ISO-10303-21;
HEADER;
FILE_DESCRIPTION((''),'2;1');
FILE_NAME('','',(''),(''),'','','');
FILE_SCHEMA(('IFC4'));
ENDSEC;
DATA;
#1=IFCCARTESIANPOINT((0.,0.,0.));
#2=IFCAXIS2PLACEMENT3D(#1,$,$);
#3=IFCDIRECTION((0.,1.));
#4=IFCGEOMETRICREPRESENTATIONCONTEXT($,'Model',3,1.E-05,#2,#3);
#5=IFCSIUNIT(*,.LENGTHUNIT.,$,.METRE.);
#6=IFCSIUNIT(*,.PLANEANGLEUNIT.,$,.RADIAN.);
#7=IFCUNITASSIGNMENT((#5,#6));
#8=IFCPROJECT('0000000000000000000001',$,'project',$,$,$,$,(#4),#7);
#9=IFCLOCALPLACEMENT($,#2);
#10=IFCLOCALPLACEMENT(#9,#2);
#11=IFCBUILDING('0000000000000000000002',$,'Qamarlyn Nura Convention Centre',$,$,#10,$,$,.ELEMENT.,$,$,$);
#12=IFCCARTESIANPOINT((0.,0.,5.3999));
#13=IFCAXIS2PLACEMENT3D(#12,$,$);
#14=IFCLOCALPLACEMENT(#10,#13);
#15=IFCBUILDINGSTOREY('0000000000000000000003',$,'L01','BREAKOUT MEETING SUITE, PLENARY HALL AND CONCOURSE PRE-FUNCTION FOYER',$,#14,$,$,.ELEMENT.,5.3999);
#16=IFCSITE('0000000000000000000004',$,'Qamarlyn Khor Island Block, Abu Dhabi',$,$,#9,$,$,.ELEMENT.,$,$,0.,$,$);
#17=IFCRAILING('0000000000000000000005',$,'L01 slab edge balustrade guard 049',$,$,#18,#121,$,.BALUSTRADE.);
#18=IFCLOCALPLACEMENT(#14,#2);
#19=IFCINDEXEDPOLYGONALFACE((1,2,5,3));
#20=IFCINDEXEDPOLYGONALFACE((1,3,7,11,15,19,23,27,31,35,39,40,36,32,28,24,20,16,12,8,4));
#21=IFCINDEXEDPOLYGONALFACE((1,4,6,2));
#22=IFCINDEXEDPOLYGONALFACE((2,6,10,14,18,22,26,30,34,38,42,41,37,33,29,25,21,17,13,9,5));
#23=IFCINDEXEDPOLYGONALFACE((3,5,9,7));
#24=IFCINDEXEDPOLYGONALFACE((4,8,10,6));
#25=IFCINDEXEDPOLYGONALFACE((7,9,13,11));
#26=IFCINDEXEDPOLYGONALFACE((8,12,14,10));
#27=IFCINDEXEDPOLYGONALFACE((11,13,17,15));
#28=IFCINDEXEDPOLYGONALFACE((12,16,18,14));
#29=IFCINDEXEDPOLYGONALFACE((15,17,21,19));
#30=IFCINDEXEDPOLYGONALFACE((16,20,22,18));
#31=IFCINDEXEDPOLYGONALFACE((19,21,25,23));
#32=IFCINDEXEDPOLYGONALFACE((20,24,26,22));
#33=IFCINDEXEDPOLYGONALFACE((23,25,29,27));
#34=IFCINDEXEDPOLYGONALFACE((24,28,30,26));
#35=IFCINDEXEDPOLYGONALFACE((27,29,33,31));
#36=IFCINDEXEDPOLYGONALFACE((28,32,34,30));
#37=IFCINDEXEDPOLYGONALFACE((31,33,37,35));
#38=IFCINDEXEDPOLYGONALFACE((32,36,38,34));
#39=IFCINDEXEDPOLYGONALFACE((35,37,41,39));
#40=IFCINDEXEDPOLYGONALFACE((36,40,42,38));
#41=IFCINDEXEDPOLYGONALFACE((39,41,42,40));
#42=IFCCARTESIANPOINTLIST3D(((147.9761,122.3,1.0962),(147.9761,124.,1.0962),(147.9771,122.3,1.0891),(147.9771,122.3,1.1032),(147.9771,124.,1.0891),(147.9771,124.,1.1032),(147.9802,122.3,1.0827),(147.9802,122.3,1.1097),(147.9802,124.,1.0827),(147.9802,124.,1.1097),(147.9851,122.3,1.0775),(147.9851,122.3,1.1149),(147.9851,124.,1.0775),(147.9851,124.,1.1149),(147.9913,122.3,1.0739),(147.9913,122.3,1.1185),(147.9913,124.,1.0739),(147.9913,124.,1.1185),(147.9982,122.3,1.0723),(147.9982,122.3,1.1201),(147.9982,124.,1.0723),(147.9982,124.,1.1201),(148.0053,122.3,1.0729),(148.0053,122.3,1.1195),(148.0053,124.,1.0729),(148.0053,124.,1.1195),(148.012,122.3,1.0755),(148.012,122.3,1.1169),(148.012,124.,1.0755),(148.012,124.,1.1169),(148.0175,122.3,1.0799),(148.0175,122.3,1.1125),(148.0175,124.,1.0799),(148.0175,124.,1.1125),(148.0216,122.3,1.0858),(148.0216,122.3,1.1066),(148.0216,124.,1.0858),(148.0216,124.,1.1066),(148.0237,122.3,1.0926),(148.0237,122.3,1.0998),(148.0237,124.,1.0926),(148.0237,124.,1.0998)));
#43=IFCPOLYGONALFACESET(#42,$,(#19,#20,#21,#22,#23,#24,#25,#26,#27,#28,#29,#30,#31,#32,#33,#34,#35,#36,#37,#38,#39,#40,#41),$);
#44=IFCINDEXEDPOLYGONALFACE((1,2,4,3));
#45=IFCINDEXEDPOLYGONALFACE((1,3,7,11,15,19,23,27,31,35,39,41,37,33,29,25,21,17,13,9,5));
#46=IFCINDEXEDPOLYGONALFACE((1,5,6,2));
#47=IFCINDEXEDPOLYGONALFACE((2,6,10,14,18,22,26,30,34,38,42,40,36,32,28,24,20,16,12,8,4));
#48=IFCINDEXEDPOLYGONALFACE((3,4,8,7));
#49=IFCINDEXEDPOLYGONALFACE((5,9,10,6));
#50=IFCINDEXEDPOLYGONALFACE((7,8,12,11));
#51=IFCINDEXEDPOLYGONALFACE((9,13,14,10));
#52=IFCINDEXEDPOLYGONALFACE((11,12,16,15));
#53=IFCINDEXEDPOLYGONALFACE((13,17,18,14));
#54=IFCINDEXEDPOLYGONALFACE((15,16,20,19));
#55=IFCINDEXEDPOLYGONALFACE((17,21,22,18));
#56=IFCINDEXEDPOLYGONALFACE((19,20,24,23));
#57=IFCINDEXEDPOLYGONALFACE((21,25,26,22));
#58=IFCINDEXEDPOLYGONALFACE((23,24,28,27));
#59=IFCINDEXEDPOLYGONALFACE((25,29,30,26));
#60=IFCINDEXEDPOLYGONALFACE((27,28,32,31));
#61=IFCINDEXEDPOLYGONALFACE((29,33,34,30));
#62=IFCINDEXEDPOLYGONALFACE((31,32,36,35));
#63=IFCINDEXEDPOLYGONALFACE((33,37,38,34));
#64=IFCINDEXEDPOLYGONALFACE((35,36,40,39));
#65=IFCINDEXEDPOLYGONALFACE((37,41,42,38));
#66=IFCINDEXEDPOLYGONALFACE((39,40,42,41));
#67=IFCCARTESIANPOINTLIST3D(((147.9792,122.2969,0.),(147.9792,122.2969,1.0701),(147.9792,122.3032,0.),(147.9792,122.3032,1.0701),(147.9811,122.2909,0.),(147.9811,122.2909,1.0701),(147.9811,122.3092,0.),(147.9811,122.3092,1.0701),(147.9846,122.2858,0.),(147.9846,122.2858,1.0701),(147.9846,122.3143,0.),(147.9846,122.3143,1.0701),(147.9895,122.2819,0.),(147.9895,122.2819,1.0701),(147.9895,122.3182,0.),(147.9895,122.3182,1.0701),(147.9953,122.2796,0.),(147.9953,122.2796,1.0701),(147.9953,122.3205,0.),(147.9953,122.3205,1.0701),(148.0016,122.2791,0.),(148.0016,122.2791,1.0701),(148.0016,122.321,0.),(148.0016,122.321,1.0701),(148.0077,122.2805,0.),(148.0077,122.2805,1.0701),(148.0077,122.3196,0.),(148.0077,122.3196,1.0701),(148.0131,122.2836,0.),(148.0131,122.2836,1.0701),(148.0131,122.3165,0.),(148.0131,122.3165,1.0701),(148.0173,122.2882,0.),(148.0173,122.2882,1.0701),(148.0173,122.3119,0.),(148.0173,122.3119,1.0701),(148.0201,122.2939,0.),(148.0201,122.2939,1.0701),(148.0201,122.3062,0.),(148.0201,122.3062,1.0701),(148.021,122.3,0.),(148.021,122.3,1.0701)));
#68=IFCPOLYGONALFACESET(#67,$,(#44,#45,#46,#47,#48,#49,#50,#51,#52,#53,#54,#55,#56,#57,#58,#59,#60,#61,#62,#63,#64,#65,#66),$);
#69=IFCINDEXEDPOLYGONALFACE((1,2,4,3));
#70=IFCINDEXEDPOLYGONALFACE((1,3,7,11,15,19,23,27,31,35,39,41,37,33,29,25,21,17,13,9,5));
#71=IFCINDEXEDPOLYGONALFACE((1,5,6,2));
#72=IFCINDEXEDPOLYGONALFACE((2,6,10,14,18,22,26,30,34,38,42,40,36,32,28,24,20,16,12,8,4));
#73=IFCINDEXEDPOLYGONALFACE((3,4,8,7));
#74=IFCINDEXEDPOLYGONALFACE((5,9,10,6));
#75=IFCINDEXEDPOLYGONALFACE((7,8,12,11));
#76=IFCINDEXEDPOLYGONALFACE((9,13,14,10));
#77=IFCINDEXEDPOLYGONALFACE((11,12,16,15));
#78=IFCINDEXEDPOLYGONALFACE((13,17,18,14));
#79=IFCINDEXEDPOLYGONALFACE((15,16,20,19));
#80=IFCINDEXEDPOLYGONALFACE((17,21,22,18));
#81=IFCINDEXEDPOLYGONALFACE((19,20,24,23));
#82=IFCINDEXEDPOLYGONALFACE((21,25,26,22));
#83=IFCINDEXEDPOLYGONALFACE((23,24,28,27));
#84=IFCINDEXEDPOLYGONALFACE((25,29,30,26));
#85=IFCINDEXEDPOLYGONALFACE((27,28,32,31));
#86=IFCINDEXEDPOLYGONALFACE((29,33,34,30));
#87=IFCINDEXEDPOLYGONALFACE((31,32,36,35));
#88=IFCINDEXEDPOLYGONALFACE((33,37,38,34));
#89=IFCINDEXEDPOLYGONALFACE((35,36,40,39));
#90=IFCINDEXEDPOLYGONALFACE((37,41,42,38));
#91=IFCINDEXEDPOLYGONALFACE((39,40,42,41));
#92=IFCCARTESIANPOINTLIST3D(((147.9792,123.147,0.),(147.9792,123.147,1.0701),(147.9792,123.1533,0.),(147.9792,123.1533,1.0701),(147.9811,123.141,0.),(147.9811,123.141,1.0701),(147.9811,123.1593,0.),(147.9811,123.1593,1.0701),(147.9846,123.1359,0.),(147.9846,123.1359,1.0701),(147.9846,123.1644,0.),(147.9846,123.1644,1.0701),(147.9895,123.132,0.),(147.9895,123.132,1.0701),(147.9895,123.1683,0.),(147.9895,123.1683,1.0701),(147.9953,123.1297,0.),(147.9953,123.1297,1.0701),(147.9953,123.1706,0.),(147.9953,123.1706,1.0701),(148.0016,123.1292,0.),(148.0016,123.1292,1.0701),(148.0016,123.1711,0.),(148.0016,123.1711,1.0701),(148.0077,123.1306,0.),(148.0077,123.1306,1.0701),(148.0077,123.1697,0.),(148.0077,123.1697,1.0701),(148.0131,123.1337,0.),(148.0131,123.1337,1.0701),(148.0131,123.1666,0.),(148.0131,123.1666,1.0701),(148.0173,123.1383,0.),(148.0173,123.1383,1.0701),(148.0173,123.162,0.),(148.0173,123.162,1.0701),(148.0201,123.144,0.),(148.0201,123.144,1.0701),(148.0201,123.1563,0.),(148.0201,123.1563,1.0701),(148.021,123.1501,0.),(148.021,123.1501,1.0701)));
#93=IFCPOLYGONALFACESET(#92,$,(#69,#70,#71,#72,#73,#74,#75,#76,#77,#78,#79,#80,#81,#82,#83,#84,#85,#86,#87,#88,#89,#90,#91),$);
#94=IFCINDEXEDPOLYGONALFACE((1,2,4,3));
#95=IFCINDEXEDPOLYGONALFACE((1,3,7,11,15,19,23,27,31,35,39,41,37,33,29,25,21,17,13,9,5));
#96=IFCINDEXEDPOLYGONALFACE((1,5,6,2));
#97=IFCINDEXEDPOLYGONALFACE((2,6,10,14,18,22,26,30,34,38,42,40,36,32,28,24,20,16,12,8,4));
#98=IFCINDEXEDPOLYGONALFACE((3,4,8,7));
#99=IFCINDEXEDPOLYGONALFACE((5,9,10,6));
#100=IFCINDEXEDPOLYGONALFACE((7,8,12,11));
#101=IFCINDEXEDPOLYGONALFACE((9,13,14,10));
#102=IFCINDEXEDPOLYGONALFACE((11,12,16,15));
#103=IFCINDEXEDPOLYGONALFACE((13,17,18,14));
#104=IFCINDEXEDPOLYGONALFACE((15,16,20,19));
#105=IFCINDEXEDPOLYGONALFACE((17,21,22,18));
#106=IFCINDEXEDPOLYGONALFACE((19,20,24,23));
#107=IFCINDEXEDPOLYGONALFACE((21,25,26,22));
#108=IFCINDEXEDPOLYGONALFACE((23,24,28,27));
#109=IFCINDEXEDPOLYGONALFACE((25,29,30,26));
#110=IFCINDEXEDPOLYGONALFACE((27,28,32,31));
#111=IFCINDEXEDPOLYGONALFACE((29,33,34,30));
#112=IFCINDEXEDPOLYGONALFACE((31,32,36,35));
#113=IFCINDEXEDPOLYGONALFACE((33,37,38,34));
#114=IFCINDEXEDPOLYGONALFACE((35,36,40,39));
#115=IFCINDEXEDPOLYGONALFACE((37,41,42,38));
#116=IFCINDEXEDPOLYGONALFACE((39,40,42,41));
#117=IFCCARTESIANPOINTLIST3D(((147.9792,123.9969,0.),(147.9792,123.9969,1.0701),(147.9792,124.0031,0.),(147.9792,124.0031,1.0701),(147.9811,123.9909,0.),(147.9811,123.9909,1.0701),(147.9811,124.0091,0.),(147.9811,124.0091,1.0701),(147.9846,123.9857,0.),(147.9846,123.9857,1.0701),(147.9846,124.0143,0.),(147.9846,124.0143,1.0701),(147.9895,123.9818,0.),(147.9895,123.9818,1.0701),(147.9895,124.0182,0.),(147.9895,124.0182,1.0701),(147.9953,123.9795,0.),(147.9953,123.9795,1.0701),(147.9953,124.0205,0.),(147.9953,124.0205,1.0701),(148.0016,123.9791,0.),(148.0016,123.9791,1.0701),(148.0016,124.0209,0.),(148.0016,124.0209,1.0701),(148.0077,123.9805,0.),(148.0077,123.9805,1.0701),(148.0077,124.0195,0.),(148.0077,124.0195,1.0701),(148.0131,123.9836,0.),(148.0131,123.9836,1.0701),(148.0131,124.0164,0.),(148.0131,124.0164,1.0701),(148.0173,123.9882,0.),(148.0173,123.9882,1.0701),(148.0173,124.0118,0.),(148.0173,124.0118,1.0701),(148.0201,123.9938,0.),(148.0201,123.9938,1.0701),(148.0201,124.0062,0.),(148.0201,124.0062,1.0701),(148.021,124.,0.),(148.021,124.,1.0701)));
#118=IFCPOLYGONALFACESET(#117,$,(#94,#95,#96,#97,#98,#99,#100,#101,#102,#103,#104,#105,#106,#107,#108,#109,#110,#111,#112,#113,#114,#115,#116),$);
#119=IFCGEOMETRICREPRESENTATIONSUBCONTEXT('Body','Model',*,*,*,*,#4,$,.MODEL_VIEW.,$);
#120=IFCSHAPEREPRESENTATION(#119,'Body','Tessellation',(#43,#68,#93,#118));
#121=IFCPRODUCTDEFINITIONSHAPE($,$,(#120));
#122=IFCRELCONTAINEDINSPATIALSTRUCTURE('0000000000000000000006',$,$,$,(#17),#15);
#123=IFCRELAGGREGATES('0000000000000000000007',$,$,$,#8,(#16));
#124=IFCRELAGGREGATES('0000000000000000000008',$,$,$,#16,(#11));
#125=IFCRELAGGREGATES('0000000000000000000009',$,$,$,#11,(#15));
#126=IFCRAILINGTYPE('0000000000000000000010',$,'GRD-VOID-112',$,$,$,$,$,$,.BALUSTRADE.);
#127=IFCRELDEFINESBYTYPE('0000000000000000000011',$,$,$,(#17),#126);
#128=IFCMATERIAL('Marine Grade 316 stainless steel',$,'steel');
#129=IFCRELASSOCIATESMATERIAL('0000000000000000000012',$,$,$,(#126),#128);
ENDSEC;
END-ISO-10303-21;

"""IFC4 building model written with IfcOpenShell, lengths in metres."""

from ifc_helpers import new_model, si_unit, direction, frame, origin, origin_2d, place, context, subcontext, project, spatial, circle, extrude, material, type_object, element, save


model = new_model("IFC4")

# Units and contexts
model_context = context("Model", 3, precision=1e-05, world=origin(), true_north=direction((0.0, 1.0)))
body_context = subcontext(model_context, "Body", "Model", "MODEL_VIEW")
ifc_project = project(units=[si_unit("LENGTHUNIT", "METRE"), si_unit("PLANEANGLEUNIT", "RADIAN")], contexts=[model_context])

# Site, building, storey
site_placement = place(None, origin())
site = spatial("IfcSite", under=ifc_project, at=site_placement, Name="Qamarlyn Khor Island Block, Abu Dhabi", CompositionType="ELEMENT", RefElevation=0.0)
building_placement = place(site_placement, origin())
building = spatial("IfcBuilding", under=site, at=building_placement, Name="Qamarlyn Nura Convention Centre", CompositionType="ELEMENT")
storey_placement = place(building_placement, frame((0.0, 0.0, 5.3999)))
storey = spatial("IfcBuildingStorey", under=building, at=storey_placement, Name="L01", Description="BREAKOUT MEETING SUITE, PLENARY HALL AND CONCOURSE PRE-FUNCTION FOYER", CompositionType="ELEMENT", Elevation=5.3999)

# Railing
ifc_material_1 = material(Name="Marine Grade 316 stainless steel", Category="steel")
railing_type_1 = type_object("IfcRailingType", Name="GRD-VOID-112", PredefinedType="BALUSTRADE", material=ifc_material_1)
railing_1_placement = place(storey_placement, frame((148.0, 122.3, 0.0)))
element("IfcRailing", 1, at=railing_1_placement, inside=storey, type_object=railing_type_1, Name="L01 slab edge balustrade guard 049", PredefinedType="BALUSTRADE", context=body_context, shape_type="SweptSolid", body=[
    extrude(circle(Radius=0.0239, at=origin_2d()), frame((0.0, 0.0, 1.0962), z_axis=(0.0, 1.0, 0.0), x_axis=(-1.0, 0.0, 0.0)), (0.0, 0.0, 1.0), 1.7),
    extrude(circle(Radius=0.021, at=origin_2d()), origin(), (0.0, 0.0, 1.0), 1.0701),
    extrude(circle(Radius=0.021, at=origin_2d()), frame((0.0, 0.8501, 0.0)), (0.0, 0.0, 1.0), 1.0701),
    extrude(circle(Radius=0.021, at=origin_2d()), frame((0.0, 1.7, 0.0)), (0.0, 0.0, 1.0), 1.0701),
])

save(model, "model.ifc")
